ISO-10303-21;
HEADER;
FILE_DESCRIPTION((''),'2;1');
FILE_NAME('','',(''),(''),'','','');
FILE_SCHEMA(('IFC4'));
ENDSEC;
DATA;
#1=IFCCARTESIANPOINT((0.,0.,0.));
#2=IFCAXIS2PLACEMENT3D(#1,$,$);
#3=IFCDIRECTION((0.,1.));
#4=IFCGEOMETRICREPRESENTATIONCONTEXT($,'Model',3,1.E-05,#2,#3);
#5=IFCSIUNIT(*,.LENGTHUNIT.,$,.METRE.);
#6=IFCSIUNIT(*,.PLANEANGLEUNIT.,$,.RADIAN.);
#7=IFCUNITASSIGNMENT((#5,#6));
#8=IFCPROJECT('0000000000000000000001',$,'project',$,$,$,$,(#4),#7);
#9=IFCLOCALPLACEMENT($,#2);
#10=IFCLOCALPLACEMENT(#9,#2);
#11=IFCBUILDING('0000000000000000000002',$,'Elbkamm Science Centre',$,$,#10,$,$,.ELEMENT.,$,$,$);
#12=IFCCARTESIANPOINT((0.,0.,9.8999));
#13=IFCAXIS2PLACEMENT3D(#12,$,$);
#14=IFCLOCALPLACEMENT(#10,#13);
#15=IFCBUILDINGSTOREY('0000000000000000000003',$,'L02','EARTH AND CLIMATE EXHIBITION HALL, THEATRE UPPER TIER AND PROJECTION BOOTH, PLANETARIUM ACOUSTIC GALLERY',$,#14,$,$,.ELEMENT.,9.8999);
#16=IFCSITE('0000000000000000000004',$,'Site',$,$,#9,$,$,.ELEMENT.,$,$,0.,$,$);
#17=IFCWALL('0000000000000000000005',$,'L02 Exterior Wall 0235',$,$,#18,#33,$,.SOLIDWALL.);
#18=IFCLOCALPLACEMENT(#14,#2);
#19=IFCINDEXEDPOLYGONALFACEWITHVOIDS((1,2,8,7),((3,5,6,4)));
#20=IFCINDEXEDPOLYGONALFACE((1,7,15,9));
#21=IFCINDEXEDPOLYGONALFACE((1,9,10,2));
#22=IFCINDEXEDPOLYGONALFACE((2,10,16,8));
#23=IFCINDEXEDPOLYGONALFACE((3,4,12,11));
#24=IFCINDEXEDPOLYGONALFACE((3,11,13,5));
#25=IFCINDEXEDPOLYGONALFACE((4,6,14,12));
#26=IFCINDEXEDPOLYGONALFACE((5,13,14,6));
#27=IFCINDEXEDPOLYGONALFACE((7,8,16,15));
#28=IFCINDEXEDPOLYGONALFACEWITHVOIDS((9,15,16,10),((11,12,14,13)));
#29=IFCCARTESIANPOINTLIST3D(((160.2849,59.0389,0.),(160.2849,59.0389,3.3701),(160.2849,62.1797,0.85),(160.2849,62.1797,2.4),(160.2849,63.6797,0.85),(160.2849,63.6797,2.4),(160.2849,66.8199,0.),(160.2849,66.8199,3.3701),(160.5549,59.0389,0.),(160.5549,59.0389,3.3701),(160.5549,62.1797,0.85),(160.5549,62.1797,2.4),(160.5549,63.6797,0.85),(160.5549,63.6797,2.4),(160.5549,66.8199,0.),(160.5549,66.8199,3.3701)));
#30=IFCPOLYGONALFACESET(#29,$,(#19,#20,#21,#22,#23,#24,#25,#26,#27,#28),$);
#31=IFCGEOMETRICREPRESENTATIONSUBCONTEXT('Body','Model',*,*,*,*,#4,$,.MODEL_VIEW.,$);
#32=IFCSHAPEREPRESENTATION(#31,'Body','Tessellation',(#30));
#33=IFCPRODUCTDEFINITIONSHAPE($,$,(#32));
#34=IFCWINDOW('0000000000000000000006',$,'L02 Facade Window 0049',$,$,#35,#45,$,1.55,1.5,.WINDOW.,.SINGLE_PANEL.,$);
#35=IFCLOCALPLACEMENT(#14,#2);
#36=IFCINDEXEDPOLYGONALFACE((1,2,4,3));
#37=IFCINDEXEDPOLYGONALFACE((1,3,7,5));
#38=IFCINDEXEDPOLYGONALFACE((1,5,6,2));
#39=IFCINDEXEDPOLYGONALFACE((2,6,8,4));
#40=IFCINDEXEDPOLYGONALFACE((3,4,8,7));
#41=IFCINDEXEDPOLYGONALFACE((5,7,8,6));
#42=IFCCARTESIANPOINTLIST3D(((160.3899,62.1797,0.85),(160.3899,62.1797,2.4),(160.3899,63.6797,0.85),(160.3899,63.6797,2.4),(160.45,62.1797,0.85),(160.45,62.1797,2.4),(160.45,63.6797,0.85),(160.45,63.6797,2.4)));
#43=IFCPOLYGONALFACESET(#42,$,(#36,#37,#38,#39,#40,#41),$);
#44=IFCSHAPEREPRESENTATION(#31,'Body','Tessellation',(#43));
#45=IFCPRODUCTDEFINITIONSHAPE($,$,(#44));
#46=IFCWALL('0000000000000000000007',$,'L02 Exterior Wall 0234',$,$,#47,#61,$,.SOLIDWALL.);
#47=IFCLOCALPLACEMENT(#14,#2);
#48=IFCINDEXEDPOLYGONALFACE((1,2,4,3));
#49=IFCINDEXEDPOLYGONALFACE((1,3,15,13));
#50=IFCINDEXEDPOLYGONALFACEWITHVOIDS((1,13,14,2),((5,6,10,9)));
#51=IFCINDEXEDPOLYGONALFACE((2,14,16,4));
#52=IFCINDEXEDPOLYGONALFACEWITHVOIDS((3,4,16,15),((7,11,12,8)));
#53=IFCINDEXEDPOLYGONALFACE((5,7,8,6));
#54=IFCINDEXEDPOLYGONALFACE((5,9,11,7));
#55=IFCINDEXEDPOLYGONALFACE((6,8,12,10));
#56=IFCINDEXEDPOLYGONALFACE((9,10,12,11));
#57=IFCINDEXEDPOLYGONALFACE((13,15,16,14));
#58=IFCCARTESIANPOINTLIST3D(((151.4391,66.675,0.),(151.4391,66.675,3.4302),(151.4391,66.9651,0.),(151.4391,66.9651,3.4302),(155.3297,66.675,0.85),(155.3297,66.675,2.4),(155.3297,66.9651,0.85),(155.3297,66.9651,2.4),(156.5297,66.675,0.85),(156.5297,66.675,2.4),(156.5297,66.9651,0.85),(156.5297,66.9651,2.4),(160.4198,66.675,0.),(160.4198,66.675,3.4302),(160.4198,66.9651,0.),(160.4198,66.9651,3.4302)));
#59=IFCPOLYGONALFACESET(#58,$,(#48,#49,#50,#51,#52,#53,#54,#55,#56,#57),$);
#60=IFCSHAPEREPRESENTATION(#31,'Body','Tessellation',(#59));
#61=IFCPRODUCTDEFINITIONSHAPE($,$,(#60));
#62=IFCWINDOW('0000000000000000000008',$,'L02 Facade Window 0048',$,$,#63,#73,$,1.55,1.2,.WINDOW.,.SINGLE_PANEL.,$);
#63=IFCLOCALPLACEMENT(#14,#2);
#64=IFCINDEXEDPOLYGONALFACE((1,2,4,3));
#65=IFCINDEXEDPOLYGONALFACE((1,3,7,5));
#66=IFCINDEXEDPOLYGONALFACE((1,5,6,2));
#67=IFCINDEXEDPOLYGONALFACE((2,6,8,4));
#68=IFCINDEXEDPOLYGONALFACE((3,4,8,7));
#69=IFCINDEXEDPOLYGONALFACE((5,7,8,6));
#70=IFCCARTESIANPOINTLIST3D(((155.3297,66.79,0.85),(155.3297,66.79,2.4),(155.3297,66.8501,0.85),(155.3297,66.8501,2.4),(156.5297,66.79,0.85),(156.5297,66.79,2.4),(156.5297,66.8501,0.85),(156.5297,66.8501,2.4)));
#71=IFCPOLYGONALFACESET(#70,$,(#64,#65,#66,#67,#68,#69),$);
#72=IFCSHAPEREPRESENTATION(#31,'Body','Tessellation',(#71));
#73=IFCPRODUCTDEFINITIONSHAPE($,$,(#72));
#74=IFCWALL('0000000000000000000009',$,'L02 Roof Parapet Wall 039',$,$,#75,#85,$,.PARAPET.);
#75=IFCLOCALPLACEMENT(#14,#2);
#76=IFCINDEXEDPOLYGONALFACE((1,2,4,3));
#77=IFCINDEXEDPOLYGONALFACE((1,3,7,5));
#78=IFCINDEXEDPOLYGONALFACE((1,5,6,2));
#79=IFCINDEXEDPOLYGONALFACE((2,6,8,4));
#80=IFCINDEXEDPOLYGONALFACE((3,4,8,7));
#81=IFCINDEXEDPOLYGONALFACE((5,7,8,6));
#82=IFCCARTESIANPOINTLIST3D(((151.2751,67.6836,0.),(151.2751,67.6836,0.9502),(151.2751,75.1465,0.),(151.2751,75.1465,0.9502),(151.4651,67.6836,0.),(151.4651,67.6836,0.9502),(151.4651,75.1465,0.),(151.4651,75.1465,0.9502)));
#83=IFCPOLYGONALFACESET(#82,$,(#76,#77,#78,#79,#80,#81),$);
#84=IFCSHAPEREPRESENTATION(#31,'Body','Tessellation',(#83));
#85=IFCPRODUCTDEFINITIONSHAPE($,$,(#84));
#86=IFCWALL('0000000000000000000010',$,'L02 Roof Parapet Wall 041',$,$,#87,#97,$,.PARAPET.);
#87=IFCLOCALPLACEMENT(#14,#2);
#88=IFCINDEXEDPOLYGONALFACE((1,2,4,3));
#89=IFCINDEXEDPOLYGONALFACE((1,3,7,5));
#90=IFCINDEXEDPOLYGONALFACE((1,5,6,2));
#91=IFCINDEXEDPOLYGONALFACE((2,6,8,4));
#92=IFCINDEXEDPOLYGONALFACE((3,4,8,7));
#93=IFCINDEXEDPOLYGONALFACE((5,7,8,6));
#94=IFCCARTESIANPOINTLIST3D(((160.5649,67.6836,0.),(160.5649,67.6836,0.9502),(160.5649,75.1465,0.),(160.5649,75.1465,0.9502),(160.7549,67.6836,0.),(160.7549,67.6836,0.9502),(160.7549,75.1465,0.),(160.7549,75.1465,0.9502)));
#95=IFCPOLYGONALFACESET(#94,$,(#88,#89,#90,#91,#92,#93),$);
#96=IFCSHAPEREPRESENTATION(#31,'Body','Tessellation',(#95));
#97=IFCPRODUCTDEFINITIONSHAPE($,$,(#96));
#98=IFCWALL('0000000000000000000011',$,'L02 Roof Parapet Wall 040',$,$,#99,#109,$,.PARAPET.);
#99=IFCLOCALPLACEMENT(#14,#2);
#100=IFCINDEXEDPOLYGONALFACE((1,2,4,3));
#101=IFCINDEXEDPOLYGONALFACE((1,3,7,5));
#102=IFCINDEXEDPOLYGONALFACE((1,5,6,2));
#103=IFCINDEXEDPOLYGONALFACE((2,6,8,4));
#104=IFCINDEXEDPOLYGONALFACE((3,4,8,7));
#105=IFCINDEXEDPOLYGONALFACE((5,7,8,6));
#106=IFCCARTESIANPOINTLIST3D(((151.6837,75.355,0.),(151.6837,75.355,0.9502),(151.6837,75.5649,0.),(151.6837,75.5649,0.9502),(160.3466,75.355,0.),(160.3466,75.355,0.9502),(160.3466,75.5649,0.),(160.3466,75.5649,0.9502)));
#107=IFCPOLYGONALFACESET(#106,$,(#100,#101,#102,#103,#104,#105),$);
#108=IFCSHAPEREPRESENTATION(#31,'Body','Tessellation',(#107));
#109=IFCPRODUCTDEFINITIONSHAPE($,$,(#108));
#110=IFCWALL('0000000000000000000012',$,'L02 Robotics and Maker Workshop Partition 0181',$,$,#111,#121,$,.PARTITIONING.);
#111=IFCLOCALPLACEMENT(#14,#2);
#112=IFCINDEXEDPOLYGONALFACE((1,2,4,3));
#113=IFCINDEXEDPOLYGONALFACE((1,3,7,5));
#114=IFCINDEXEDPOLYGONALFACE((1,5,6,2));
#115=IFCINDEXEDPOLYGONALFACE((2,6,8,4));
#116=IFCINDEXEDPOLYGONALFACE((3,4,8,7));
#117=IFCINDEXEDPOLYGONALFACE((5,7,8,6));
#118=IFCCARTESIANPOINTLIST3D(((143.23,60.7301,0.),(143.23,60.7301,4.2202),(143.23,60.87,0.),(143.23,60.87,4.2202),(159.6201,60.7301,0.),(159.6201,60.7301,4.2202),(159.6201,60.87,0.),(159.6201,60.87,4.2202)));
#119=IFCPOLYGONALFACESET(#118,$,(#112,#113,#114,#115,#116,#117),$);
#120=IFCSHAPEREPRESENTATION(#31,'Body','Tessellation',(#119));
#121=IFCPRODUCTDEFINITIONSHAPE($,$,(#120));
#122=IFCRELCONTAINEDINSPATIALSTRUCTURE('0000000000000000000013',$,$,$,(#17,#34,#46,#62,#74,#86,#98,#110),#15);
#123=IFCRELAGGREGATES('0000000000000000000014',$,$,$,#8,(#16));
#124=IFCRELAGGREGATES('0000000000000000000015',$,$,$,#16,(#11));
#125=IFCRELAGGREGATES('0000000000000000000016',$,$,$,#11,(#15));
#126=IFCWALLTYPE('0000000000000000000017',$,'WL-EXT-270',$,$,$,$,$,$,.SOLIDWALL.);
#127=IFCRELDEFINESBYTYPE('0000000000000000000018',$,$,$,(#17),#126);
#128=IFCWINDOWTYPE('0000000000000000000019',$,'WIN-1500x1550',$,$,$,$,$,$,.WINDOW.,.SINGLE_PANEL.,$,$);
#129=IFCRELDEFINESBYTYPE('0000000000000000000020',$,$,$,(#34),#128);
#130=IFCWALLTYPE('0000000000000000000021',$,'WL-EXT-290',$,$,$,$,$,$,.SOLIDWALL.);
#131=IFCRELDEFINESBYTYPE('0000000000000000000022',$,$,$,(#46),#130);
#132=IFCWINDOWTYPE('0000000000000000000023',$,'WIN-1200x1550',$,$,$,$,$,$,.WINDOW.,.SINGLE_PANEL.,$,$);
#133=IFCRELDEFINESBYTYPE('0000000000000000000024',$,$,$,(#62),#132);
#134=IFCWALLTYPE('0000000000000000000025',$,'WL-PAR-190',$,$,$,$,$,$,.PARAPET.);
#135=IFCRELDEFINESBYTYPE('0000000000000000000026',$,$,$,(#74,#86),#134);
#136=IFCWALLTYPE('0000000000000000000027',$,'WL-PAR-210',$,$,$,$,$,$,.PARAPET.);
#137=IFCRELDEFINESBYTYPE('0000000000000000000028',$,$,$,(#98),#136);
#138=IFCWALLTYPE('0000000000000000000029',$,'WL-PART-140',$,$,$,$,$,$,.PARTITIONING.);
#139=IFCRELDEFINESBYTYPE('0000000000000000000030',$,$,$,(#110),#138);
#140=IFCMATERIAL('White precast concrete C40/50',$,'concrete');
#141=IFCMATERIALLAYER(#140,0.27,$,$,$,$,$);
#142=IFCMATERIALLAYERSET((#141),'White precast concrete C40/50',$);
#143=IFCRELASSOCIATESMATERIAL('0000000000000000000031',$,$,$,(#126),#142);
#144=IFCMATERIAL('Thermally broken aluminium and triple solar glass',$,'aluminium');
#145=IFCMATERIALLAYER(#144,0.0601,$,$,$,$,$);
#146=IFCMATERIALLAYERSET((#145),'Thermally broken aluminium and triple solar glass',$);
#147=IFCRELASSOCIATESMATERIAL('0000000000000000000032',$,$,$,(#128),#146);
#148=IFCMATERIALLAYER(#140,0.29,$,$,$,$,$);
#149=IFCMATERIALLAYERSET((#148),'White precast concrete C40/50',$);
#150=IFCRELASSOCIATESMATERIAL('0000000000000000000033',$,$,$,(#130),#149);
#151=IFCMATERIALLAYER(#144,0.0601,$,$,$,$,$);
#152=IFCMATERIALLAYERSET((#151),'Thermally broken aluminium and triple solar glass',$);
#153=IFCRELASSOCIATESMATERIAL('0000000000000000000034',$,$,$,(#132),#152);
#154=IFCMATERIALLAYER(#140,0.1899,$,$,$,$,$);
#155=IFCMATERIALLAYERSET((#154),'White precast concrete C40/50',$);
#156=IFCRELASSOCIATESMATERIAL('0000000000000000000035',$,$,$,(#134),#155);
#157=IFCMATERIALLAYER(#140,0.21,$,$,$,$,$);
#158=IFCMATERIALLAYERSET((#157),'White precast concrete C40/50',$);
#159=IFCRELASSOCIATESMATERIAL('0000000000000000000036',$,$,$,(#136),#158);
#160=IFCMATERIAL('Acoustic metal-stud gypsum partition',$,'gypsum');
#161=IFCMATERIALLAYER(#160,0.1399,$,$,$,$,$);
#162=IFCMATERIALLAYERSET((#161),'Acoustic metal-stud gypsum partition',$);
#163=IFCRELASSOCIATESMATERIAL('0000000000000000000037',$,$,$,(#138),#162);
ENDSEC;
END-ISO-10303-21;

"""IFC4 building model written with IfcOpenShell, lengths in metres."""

from ifc_helpers import new_model, si_unit, direction, frame, frame_2d, origin, place, context, subcontext, project, spatial, rectangle, extrude, material, layer, layer_set, type_object, element, fill, save


model = new_model("IFC4")

# Units and contexts
model_context = context("Model", 3, precision=1e-05, world=origin(), true_north=direction((0.0, 1.0)))
body_context = subcontext(model_context, "Body", "Model", "MODEL_VIEW")
ifc_project = project(units=[si_unit("LENGTHUNIT", "METRE"), si_unit("PLANEANGLEUNIT", "RADIAN")], contexts=[model_context])

# Site, building, storey
site_placement = place(None, origin())
site = spatial("IfcSite", under=ifc_project, at=site_placement, Name="Site", CompositionType="ELEMENT", RefElevation=0.0)
building_placement = place(site_placement, origin())
building = spatial("IfcBuilding", under=site, at=building_placement, Name="Elbkamm Science Centre", CompositionType="ELEMENT")
storey_placement = place(building_placement, frame((0.0, 0.0, 9.8999)))
storey = spatial("IfcBuildingStorey", under=building, at=storey_placement, Name="L02", Description="EARTH AND CLIMATE EXHIBITION HALL, THEATRE UPPER TIER AND PROJECTION BOOTH, PLANETARIUM ACOUSTIC GALLERY", CompositionType="ELEMENT", Elevation=9.8999)

# Walls, openings, windows
ifc_material_1 = material(Name="White precast concrete C40/50", Category="concrete")
ifc_layer_1 = layer(ifc_material_1, 0.27)
ifc_layer_set_1 = layer_set([ifc_layer_1], Name="White precast concrete C40/50")
wall_type_1 = type_object("IfcWallType", Name="WL-EXT-270", PredefinedType="SOLIDWALL", material=ifc_layer_set_1)
ifc_material_2 = material(Name="Thermally broken aluminium and triple solar glass", Category="aluminium")
wall_1_placement = place(storey_placement, frame((160.4199, 66.8201, 0.0), z_axis=(0.0, 0.0, 1.0), x_axis=(0.0, -1.0, 0.0)))
wall_1 = element("IfcWall", 1, at=wall_1_placement, inside=storey, type_object=wall_type_1, Name="L02 Exterior Wall 0235", PredefinedType="SOLIDWALL", context=body_context, shape_type="SweptSolid", body=[
    extrude(rectangle(XDim=7.781, YDim=0.27, at=frame_2d((3.8906, 0.0))), origin(), (0.0, 0.0, 1.0), 3.3701),
])
opening_1_placement = place(wall_1_placement, frame((3.1404, 0.0, 0.8501)))
opening_1 = element("IfcOpeningElement", 2, at=opening_1_placement, cuts=wall_1, PredefinedType="OPENING", context=body_context, shape_type="SweptSolid", body=[
    extrude(rectangle(XDim=1.5, YDim=1.55, at=frame_2d((0.75, 0.7749))), frame((0.0, 0.147, 0.0), z_axis=(0.0, -1.0, 0.0), x_axis=(1.0, 0.0, 0.0)), (0.0, 0.0, 1.0), 0.2939),
])
ifc_layer_2 = layer(ifc_material_2, 0.0601)
ifc_layer_set_2 = layer_set([ifc_layer_2], Name="Thermally broken aluminium and triple solar glass")
window_type_1 = type_object("IfcWindowType", Name="WIN-1500x1550", PartitioningType="SINGLE_PANEL", PredefinedType="WINDOW", material=ifc_layer_set_2)
window_1_placement = place(opening_1_placement, origin())
window_1 = element("IfcWindow", 3, at=window_1_placement, inside=storey, type_object=window_type_1, Name="L02 Facade Window 0049", OverallHeight=1.55, OverallWidth=1.5, PartitioningType="SINGLE_PANEL", PredefinedType="WINDOW", context=body_context, shape_type="SweptSolid", body=[
    extrude(rectangle(XDim=1.5, YDim=1.55, at=frame_2d((0.75, 0.7749))), frame((0.0, 0.03, 0.0), z_axis=(0.0, -1.0, 0.0), x_axis=(1.0, 0.0, 0.0)), (0.0, 0.0, 1.0), 0.0601),
])
fill(opening_1, window_1)
ifc_layer_3 = layer(ifc_material_1, 0.29)
ifc_layer_set_3 = layer_set([ifc_layer_3], Name="White precast concrete C40/50")
wall_type_2 = type_object("IfcWallType", Name="WL-EXT-290", PredefinedType="SOLIDWALL", material=ifc_layer_set_3)
wall_2_placement = place(storey_placement, frame((151.4392, 66.8201, 0.0), z_axis=(0.0, 0.0, 1.0), x_axis=(1.0, 0.0, 0.0)))
wall_2 = element("IfcWall", 4, at=wall_2_placement, inside=storey, type_object=wall_type_2, Name="L02 Exterior Wall 0234", PredefinedType="SOLIDWALL", context=body_context, shape_type="SweptSolid", body=[
    extrude(rectangle(XDim=8.9807, YDim=0.29, at=frame_2d((4.4902, 0.0))), origin(), (0.0, 0.0, 1.0), 3.4302),
])
opening_2_placement = place(wall_2_placement, frame((3.8904, 0.0, 0.8501)))
opening_2 = element("IfcOpeningElement", 5, at=opening_2_placement, cuts=wall_2, PredefinedType="OPENING", context=body_context, shape_type="SweptSolid", body=[
    extrude(rectangle(XDim=1.2, YDim=1.55, at=frame_2d((0.6001, 0.7749))), frame((0.0, 0.157, 0.0), z_axis=(0.0, -1.0, 0.0), x_axis=(1.0, 0.0, 0.0)), (0.0, 0.0, 1.0), 0.314),
])
ifc_layer_4 = layer(ifc_material_2, 0.0601)
ifc_layer_set_4 = layer_set([ifc_layer_4], Name="Thermally broken aluminium and triple solar glass")
window_type_2 = type_object("IfcWindowType", Name="WIN-1200x1550", PartitioningType="SINGLE_PANEL", PredefinedType="WINDOW", material=ifc_layer_set_4)
window_2_placement = place(opening_2_placement, origin())
window_2 = element("IfcWindow", 6, at=window_2_placement, inside=storey, type_object=window_type_2, Name="L02 Facade Window 0048", OverallHeight=1.55, OverallWidth=1.2, PartitioningType="SINGLE_PANEL", PredefinedType="WINDOW", context=body_context, shape_type="SweptSolid", body=[
    extrude(rectangle(XDim=1.2, YDim=1.55, at=frame_2d((0.6001, 0.7749))), frame((0.0, 0.03, 0.0), z_axis=(0.0, -1.0, 0.0), x_axis=(1.0, 0.0, 0.0)), (0.0, 0.0, 1.0), 0.0601),
])
fill(opening_2, window_2)

# Walls
ifc_layer_5 = layer(ifc_material_1, 0.1899)
ifc_layer_set_5 = layer_set([ifc_layer_5], Name="White precast concrete C40/50")
wall_type_3 = type_object("IfcWallType", Name="WL-PAR-190", PredefinedType="PARAPET", material=ifc_layer_set_5)
for number, where, z_axis, x_axis, name in (
    (7, (151.3701, 67.6836, 0.0), (0.0, 0.0, 1.0), (0.0, 1.0, 0.0), "L02 Roof Parapet Wall 039"),
    (8, (160.6599, 75.1465, 0.0), (0.0, 0.0, 1.0), (0.0, -1.0, 0.0), "L02 Roof Parapet Wall 041"),
):
    element("IfcWall", number, at=place(storey_placement, frame(where, z_axis=z_axis, x_axis=x_axis)), inside=storey, type_object=wall_type_3, Name=name, PredefinedType="PARAPET", context=body_context, shape_type="SweptSolid", body=[
        extrude(rectangle(XDim=7.4629, YDim=0.1899, at=frame_2d((3.7314, 0.0))), origin(), (0.0, 0.0, 1.0), 0.9502),
    ])
ifc_layer_6 = layer(ifc_material_1, 0.21)
ifc_layer_set_6 = layer_set([ifc_layer_6], Name="White precast concrete C40/50")
wall_type_4 = type_object("IfcWallType", Name="WL-PAR-210", PredefinedType="PARAPET", material=ifc_layer_set_6)
wall_3_placement = place(storey_placement, frame((151.6836, 75.46, 0.0), z_axis=(0.0, 0.0, 1.0), x_axis=(1.0, 0.0, 0.0)))
element("IfcWall", 9, at=wall_3_placement, inside=storey, type_object=wall_type_4, Name="L02 Roof Parapet Wall 040", PredefinedType="PARAPET", context=body_context, shape_type="SweptSolid", body=[
    extrude(rectangle(XDim=8.6628, YDim=0.21, at=frame_2d((4.3315, 0.0))), origin(), (0.0, 0.0, 1.0), 0.9502),
])
ifc_material_3 = material(Name="Acoustic metal-stud gypsum partition", Category="gypsum")
ifc_layer_7 = layer(ifc_material_3, 0.1399)
ifc_layer_set_7 = layer_set([ifc_layer_7], Name="Acoustic metal-stud gypsum partition")
wall_type_5 = type_object("IfcWallType", Name="WL-PART-140", PredefinedType="PARTITIONING", material=ifc_layer_set_7)
wall_4_placement = place(storey_placement, frame((159.6201, 60.8, 0.0), z_axis=(0.0, 0.0, 1.0), x_axis=(-1.0, 0.0, 0.0)))
element("IfcWall", 10, at=wall_4_placement, inside=storey, type_object=wall_type_5, Name="L02 Robotics and Maker Workshop Partition 0181", PredefinedType="PARTITIONING", context=body_context, shape_type="SweptSolid", body=[
    extrude(rectangle(XDim=16.3901, YDim=0.1399, at=frame_2d((8.1951, 0.0))), origin(), (0.0, 0.0, 1.0), 4.2202),
])

save(model, "model.ifc")
